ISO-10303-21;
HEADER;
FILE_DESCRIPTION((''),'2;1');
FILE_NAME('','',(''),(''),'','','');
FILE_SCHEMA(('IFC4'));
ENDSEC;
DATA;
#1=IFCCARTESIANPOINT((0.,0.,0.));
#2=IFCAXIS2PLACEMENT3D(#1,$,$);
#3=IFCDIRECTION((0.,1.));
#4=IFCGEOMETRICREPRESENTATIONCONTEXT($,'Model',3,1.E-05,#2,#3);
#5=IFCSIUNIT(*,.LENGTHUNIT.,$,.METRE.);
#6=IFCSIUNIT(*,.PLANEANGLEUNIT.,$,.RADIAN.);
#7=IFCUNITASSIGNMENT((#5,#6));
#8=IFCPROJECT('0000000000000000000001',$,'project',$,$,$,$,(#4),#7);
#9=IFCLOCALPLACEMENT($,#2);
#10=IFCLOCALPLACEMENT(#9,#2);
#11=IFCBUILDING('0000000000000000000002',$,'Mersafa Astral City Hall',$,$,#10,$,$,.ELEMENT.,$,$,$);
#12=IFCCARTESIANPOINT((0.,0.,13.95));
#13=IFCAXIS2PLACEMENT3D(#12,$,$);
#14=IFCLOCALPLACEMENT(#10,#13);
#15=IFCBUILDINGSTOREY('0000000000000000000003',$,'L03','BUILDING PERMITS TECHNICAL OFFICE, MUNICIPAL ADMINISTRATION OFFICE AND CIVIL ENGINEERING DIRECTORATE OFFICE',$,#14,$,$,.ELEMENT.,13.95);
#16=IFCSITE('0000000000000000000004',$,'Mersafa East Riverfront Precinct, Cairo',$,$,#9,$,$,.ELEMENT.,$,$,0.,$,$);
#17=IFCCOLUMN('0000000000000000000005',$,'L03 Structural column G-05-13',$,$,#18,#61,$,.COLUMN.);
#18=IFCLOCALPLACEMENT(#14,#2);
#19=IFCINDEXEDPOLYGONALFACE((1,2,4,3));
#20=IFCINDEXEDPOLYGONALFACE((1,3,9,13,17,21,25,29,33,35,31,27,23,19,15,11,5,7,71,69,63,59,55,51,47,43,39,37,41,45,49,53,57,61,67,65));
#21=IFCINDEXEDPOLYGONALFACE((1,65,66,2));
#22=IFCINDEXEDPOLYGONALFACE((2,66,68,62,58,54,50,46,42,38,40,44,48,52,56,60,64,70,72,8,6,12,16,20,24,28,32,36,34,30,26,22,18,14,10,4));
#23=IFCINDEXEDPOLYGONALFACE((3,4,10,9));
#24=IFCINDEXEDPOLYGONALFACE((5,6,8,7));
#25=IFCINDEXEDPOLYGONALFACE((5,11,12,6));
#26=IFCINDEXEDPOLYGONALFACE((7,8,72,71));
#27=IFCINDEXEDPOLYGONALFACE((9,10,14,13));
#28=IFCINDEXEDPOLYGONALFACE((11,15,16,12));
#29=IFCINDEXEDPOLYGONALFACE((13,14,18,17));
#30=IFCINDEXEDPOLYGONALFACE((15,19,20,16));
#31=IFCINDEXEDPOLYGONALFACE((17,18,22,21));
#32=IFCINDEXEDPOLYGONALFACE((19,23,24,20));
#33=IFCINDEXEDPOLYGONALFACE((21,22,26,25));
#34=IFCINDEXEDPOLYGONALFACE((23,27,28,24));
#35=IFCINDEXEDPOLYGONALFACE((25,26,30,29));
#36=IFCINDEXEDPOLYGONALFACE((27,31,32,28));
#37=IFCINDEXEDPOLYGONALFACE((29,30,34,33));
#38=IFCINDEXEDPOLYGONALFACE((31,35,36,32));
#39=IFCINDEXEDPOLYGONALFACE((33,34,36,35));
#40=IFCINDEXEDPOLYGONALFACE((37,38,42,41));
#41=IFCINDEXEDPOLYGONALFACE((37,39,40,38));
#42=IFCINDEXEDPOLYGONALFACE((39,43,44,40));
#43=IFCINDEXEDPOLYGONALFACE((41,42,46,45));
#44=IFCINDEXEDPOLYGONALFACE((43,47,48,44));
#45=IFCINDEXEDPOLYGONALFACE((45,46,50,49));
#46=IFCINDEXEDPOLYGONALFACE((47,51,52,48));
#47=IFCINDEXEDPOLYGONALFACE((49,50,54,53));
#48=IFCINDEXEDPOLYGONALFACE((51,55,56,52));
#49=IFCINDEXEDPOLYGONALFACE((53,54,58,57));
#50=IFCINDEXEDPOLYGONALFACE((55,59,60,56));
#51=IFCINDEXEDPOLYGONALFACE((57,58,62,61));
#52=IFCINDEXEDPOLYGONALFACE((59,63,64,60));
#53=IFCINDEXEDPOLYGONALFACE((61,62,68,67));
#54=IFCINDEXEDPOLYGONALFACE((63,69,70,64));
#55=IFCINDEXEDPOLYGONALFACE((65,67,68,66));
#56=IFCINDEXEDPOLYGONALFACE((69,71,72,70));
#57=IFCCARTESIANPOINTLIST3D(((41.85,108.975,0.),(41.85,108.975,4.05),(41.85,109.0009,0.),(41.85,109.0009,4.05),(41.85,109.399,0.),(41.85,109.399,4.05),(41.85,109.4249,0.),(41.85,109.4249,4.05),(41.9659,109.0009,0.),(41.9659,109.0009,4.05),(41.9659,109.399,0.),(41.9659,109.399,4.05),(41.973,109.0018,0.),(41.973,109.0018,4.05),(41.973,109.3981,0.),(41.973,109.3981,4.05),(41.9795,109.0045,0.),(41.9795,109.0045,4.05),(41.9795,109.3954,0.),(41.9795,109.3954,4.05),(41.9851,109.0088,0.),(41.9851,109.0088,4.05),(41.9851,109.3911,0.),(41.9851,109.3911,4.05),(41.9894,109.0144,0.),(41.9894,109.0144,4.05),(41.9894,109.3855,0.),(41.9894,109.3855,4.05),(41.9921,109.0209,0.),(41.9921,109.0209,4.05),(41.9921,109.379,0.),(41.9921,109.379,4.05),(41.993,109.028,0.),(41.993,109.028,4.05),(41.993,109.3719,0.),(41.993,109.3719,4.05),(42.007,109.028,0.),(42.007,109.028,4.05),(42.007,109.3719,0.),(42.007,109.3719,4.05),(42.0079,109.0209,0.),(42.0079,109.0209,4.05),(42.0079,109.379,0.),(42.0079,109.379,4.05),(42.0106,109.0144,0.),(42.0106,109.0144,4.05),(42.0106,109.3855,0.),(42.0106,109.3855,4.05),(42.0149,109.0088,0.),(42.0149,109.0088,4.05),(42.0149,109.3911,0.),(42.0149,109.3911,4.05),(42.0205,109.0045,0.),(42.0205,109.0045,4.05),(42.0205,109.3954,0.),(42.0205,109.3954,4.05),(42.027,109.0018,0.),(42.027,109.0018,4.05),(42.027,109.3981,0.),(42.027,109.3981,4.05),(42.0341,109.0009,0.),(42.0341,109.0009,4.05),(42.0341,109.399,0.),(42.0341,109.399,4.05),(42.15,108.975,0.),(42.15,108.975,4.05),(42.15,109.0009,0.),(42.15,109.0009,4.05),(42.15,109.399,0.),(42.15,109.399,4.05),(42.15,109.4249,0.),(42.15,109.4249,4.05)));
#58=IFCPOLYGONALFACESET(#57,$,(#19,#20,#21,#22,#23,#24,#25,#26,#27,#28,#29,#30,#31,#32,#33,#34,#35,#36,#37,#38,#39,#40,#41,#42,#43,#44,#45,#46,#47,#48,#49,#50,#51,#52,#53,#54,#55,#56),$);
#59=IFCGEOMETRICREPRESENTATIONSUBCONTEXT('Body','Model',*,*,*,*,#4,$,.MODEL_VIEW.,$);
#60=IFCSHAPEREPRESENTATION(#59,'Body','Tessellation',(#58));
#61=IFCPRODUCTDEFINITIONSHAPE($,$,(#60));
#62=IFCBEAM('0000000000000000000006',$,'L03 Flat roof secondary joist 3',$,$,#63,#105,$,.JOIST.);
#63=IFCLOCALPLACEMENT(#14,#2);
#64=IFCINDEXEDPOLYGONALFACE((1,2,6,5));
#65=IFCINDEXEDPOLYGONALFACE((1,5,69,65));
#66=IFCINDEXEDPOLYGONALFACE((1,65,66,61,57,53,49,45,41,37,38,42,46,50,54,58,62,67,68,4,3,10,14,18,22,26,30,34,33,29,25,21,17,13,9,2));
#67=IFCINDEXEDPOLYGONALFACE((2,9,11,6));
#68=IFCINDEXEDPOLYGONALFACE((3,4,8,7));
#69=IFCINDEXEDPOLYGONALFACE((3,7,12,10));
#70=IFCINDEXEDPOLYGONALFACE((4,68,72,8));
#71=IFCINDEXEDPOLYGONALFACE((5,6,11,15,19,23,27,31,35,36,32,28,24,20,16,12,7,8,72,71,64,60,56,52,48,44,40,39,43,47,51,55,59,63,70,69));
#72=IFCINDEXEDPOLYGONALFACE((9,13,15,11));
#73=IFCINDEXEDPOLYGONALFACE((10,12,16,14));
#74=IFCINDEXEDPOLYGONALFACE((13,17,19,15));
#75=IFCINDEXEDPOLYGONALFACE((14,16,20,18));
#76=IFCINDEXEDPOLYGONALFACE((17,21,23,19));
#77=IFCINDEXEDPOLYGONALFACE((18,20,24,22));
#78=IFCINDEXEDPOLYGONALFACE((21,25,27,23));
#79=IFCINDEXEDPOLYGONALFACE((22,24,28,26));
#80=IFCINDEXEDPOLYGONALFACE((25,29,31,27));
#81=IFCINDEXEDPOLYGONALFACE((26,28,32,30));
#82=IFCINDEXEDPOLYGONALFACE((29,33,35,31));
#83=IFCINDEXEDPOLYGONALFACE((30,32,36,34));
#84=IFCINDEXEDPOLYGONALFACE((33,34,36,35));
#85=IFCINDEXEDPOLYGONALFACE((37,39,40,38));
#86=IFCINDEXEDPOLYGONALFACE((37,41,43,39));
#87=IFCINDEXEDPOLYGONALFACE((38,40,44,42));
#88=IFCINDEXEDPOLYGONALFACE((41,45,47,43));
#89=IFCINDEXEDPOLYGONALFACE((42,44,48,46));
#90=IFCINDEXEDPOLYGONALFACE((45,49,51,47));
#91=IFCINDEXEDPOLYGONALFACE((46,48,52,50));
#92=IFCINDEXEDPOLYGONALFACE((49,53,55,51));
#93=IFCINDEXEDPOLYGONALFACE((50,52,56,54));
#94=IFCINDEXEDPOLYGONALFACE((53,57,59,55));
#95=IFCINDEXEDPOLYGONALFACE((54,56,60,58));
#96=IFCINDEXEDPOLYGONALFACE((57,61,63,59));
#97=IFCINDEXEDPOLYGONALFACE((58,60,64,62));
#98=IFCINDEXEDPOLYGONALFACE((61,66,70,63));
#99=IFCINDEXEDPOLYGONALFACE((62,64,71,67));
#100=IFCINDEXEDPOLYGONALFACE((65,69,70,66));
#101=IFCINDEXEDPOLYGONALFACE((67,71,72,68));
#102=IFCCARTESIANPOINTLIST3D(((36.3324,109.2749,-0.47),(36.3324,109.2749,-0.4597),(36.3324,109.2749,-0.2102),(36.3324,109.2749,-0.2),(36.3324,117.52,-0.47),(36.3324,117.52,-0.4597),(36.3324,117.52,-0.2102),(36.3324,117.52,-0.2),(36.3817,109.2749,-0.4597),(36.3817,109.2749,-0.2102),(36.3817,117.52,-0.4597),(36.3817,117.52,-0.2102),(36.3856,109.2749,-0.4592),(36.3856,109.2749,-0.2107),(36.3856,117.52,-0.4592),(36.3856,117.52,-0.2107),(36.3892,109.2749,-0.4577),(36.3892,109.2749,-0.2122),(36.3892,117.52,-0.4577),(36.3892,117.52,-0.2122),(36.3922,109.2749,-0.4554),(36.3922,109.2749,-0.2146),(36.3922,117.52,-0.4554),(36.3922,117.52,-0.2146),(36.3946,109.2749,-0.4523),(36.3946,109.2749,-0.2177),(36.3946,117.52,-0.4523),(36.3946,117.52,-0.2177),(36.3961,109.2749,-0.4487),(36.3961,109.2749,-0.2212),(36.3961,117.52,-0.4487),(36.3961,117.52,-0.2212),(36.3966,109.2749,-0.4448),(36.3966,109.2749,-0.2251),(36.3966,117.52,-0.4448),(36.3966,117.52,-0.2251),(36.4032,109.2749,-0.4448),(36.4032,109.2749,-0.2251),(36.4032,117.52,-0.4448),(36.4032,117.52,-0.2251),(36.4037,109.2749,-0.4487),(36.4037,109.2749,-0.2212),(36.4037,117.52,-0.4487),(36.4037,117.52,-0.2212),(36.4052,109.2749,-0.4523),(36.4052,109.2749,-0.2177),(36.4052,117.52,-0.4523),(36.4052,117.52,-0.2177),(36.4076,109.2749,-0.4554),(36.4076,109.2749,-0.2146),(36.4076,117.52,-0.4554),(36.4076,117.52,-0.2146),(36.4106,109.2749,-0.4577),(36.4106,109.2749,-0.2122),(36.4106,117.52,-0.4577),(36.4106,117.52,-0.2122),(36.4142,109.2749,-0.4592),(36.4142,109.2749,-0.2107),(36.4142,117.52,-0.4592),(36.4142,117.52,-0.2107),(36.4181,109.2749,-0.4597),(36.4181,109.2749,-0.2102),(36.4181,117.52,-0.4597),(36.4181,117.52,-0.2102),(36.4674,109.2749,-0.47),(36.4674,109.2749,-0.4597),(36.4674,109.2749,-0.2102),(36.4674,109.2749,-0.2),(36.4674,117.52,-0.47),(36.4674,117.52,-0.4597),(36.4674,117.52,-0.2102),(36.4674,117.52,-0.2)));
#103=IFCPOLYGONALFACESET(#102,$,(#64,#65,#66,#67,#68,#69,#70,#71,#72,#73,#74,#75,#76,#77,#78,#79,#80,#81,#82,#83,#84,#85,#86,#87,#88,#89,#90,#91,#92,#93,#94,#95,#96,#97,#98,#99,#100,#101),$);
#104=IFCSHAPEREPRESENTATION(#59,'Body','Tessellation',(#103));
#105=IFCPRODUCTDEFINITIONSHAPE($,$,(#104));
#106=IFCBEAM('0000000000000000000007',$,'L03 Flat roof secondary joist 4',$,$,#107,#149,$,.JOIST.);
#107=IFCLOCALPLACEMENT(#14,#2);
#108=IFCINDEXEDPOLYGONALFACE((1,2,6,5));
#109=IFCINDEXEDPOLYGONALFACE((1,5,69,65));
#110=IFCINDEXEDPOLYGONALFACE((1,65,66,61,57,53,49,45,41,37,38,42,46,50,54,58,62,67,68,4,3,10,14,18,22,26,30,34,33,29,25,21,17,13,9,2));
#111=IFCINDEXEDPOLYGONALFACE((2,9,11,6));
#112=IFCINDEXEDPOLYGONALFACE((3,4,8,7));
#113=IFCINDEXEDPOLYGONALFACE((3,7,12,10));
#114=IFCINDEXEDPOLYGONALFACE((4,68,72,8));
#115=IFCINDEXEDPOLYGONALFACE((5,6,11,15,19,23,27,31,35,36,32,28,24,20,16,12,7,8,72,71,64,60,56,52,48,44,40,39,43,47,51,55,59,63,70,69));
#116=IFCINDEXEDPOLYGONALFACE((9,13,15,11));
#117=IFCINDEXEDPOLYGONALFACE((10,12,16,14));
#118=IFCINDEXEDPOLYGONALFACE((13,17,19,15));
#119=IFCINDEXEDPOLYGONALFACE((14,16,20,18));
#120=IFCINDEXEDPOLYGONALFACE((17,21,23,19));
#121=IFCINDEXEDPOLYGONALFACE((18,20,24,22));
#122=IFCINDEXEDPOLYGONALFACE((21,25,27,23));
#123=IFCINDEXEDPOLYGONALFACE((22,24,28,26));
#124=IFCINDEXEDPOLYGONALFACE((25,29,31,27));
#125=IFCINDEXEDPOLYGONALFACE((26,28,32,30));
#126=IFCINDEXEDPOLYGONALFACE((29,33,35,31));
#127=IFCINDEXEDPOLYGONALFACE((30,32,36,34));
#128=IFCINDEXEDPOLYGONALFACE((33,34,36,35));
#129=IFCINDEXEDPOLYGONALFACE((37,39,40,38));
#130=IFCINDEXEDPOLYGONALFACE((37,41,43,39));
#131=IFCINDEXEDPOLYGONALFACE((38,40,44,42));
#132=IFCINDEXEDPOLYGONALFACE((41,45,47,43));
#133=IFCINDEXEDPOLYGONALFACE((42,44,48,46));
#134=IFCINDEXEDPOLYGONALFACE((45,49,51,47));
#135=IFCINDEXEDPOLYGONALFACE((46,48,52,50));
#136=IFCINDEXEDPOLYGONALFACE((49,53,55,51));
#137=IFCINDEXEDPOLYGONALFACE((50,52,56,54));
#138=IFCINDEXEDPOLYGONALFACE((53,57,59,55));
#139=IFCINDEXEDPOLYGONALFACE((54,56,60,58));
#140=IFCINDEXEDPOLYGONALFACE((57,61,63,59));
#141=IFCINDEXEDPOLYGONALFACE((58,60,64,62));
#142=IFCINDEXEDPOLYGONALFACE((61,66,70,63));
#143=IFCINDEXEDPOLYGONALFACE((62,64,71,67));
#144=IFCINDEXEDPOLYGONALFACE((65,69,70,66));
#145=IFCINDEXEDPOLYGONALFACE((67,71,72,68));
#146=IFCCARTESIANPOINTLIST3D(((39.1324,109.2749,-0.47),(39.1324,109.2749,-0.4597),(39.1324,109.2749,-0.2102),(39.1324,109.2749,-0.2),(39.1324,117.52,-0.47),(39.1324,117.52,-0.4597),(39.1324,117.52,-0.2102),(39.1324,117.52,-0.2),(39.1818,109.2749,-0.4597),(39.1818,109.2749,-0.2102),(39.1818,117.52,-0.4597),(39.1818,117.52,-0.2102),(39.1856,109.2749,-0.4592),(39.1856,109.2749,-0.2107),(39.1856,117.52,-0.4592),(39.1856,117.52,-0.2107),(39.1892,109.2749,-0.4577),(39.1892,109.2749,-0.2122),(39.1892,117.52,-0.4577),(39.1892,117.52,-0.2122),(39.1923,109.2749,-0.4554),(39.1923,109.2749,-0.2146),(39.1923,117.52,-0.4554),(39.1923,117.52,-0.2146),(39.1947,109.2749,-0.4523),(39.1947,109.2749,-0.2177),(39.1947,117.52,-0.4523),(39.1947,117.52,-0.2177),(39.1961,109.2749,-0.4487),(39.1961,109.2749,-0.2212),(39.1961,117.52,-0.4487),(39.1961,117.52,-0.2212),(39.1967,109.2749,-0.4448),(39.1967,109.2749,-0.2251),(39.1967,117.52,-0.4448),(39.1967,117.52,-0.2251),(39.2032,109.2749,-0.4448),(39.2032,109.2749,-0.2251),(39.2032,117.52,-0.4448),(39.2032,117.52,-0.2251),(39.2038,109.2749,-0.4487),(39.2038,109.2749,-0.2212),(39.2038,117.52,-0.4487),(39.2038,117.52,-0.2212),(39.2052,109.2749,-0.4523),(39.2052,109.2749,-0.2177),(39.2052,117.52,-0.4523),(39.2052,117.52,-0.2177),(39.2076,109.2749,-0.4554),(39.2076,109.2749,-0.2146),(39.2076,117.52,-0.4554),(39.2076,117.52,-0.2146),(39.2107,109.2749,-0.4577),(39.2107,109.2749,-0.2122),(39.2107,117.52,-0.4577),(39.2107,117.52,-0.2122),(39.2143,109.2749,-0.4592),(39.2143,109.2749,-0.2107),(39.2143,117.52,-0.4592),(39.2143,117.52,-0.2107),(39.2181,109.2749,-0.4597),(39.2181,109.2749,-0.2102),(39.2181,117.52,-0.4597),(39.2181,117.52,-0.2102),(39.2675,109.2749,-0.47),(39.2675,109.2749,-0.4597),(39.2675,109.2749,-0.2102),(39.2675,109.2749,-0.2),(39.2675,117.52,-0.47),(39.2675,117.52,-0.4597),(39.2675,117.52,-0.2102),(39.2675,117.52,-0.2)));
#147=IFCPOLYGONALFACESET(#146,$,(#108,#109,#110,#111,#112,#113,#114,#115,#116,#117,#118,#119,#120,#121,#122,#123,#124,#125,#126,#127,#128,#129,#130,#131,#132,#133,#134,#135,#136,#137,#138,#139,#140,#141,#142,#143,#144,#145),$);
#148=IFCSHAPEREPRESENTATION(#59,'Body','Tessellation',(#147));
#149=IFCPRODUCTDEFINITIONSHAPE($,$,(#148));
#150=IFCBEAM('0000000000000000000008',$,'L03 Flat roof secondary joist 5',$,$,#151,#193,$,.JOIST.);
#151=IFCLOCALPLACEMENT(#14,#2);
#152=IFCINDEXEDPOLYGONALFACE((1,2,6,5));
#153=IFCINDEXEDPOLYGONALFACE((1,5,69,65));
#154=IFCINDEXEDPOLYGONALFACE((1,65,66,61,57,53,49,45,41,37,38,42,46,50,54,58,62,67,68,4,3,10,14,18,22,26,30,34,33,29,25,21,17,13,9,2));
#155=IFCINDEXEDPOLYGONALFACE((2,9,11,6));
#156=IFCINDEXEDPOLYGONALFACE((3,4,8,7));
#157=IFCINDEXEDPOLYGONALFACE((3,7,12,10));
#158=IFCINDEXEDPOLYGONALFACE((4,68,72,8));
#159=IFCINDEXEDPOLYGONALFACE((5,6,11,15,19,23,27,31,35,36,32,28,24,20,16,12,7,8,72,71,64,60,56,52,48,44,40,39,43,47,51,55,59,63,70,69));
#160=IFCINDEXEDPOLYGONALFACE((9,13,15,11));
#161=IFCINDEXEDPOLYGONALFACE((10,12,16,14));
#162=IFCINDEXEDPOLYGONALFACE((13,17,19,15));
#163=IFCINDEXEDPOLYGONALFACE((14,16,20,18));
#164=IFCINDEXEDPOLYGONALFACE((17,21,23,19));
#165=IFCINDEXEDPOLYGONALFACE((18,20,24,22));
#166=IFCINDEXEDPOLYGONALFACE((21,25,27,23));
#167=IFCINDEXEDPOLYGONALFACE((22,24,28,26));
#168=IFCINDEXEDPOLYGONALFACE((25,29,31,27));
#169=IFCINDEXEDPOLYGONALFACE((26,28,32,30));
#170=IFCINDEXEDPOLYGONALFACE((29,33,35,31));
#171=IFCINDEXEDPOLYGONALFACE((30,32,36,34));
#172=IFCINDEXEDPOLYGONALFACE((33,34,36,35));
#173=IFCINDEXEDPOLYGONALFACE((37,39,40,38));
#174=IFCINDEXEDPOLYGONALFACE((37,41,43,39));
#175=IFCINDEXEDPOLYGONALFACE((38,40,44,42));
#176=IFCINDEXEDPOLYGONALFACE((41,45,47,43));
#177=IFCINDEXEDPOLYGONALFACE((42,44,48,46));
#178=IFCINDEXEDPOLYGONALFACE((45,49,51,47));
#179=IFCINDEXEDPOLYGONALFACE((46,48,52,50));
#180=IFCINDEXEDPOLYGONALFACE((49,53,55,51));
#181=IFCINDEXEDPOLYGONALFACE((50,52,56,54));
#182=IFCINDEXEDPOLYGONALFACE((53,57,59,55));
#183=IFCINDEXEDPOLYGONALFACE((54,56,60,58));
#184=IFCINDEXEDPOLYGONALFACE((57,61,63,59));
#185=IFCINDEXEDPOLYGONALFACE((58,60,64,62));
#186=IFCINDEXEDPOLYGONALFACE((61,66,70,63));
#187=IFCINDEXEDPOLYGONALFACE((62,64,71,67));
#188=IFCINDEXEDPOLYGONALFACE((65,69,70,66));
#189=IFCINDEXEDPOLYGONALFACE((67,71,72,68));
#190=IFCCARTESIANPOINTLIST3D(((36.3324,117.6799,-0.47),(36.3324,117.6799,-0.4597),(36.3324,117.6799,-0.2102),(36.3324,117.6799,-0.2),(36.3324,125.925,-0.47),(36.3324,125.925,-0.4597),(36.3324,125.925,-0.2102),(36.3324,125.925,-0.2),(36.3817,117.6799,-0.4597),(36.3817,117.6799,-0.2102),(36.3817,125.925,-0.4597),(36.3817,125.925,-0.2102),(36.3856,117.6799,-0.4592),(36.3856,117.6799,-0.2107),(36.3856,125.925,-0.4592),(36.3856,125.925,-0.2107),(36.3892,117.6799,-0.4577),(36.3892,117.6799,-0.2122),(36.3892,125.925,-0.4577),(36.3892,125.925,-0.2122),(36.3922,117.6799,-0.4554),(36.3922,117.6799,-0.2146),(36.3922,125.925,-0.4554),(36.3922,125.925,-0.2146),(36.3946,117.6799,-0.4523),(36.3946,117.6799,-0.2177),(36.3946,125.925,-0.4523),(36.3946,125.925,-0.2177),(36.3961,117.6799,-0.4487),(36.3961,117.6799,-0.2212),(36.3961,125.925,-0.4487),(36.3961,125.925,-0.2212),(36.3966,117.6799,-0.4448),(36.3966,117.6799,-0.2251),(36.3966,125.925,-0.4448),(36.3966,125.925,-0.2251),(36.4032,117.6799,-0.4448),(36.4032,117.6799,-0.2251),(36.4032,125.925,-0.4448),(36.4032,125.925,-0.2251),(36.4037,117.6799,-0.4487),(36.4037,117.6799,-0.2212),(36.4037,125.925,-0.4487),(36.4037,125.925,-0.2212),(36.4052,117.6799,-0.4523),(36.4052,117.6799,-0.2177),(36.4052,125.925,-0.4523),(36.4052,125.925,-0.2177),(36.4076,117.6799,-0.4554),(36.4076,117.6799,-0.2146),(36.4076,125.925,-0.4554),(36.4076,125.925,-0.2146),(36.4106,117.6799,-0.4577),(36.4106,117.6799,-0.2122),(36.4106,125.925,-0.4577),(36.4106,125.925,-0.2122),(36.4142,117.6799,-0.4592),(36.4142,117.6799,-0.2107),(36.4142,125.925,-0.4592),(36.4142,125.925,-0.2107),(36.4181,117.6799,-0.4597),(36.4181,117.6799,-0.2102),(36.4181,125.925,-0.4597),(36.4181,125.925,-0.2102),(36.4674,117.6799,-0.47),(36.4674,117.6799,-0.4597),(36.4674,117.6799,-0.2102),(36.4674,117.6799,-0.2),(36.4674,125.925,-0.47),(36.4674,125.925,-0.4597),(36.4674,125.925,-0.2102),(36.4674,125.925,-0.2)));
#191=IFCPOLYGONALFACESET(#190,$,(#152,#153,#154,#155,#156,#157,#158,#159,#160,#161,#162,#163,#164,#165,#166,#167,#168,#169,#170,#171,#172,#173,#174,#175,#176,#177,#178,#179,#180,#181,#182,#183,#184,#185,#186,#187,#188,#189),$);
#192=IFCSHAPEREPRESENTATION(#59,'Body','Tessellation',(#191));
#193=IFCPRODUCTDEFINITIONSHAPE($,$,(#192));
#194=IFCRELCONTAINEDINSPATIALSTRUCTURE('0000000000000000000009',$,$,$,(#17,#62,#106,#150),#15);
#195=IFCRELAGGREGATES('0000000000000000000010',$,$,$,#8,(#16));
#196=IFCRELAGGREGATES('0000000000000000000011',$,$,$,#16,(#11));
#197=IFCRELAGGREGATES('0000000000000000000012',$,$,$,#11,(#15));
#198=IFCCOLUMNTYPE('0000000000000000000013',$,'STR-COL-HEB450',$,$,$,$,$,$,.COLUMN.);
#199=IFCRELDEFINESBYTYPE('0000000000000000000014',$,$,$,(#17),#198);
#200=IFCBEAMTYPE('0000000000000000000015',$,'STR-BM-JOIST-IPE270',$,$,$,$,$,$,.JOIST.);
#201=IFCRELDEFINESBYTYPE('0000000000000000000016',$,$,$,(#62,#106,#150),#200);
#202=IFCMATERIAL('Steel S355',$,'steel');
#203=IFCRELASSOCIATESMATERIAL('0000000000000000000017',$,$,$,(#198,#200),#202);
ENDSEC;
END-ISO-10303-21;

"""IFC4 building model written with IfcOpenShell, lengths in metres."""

from ifc_helpers import new_model, si_unit, direction, frame, origin, origin_2d, place, context, subcontext, project, spatial, i_section, extrude, material, material_profile, profile_set, type_object, element, save


model = new_model("IFC4")

# Units and contexts
model_context = context("Model", 3, precision=1e-05, world=origin(), true_north=direction((0.0, 1.0)))
body_context = subcontext(model_context, "Body", "Model", "MODEL_VIEW")
ifc_project = project(units=[si_unit("LENGTHUNIT", "METRE"), si_unit("PLANEANGLEUNIT", "RADIAN")], contexts=[model_context])

# Site, building, storey
site_placement = place(None, origin())
site = spatial("IfcSite", under=ifc_project, at=site_placement, Name="Mersafa East Riverfront Precinct, Cairo", CompositionType="ELEMENT", RefElevation=0.0)
building_placement = place(site_placement, origin())
building = spatial("IfcBuilding", under=site, at=building_placement, Name="Mersafa Astral City Hall", CompositionType="ELEMENT")
storey_placement = place(building_placement, frame((0.0, 0.0, 13.95)))
storey = spatial("IfcBuildingStorey", under=building, at=storey_placement, Name="L03", Description="BUILDING PERMITS TECHNICAL OFFICE, MUNICIPAL ADMINISTRATION OFFICE AND CIVIL ENGINEERING DIRECTORATE OFFICE", CompositionType="ELEMENT", Elevation=13.95)

# Column
ifc_material_1 = material(Name="Steel S355", Category="steel")
ifc_material_profile_1 = material_profile(ifc_material_1, i_section(OverallWidth=0.3, OverallDepth=0.45, WebThickness=0.0139, FlangeThickness=0.0259, FilletRadius=0.0271, at=origin_2d()), Name="HEB 450")
ifc_profile_set_1 = profile_set([ifc_material_profile_1], Name="Steel S355")
column_type = type_object("IfcColumnType", Name="STR-COL-HEB450", PredefinedType="COLUMN", material=ifc_profile_set_1)
column_placement = place(storey_placement, frame((42.0, 109.2, 0.0), z_axis=(0.0, 0.0, 1.0), x_axis=(1.0, 0.0, 0.0)))
element("IfcColumn", 1, at=column_placement, inside=storey, type_object=column_type, Name="L03 Structural column G-05-13", PredefinedType="COLUMN", context=body_context, shape_type="SweptSolid", body=[
    extrude(i_section(OverallWidth=0.3, OverallDepth=0.45, WebThickness=0.0139, FlangeThickness=0.0259, FilletRadius=0.0271, at=origin_2d()), origin(), (0.0, 0.0, 1.0), 4.05),
])

# Beams
ifc_material_profile_2 = material_profile(ifc_material_1, i_section(OverallWidth=0.135, OverallDepth=0.27, WebThickness=0.0066, FlangeThickness=0.0103, FilletRadius=0.0149, at=origin_2d()), Name="IPE 270")
ifc_profile_set_2 = profile_set([ifc_material_profile_2], Name="Steel S355")
beam_type_1 = type_object("IfcBeamType", Name="STR-BM-JOIST-IPE270", PredefinedType="JOIST", material=ifc_profile_set_2)
for number, where, z_axis, x_axis, name in (
    (2, (36.3999, 109.2749, -0.335), (0.0, 1.0, 0.0), (-1.0, 0.0, 0.0), "L03 Flat roof secondary joist 3"),
    (3, (39.2, 109.2749, -0.335), (0.0, 1.0, 0.0), (-1.0, 0.0, 0.0), "L03 Flat roof secondary joist 4"),
    (4, (36.3999, 117.6799, -0.335), (0.0, 1.0, 0.0), (-1.0, 0.0, 0.0), "L03 Flat roof secondary joist 5"),
):
    element("IfcBeam", number, at=place(storey_placement, frame(where, z_axis=z_axis, x_axis=x_axis)), inside=storey, type_object=beam_type_1, Name=name, PredefinedType="JOIST", context=body_context, shape_type="SweptSolid", body=[
        extrude(i_section(OverallWidth=0.135, OverallDepth=0.27, WebThickness=0.0066, FlangeThickness=0.0103, FilletRadius=0.0149, at=origin_2d()), origin(), (0.0, 0.0, 1.0), 8.2451),
    ])

save(model, "model.ifc")
